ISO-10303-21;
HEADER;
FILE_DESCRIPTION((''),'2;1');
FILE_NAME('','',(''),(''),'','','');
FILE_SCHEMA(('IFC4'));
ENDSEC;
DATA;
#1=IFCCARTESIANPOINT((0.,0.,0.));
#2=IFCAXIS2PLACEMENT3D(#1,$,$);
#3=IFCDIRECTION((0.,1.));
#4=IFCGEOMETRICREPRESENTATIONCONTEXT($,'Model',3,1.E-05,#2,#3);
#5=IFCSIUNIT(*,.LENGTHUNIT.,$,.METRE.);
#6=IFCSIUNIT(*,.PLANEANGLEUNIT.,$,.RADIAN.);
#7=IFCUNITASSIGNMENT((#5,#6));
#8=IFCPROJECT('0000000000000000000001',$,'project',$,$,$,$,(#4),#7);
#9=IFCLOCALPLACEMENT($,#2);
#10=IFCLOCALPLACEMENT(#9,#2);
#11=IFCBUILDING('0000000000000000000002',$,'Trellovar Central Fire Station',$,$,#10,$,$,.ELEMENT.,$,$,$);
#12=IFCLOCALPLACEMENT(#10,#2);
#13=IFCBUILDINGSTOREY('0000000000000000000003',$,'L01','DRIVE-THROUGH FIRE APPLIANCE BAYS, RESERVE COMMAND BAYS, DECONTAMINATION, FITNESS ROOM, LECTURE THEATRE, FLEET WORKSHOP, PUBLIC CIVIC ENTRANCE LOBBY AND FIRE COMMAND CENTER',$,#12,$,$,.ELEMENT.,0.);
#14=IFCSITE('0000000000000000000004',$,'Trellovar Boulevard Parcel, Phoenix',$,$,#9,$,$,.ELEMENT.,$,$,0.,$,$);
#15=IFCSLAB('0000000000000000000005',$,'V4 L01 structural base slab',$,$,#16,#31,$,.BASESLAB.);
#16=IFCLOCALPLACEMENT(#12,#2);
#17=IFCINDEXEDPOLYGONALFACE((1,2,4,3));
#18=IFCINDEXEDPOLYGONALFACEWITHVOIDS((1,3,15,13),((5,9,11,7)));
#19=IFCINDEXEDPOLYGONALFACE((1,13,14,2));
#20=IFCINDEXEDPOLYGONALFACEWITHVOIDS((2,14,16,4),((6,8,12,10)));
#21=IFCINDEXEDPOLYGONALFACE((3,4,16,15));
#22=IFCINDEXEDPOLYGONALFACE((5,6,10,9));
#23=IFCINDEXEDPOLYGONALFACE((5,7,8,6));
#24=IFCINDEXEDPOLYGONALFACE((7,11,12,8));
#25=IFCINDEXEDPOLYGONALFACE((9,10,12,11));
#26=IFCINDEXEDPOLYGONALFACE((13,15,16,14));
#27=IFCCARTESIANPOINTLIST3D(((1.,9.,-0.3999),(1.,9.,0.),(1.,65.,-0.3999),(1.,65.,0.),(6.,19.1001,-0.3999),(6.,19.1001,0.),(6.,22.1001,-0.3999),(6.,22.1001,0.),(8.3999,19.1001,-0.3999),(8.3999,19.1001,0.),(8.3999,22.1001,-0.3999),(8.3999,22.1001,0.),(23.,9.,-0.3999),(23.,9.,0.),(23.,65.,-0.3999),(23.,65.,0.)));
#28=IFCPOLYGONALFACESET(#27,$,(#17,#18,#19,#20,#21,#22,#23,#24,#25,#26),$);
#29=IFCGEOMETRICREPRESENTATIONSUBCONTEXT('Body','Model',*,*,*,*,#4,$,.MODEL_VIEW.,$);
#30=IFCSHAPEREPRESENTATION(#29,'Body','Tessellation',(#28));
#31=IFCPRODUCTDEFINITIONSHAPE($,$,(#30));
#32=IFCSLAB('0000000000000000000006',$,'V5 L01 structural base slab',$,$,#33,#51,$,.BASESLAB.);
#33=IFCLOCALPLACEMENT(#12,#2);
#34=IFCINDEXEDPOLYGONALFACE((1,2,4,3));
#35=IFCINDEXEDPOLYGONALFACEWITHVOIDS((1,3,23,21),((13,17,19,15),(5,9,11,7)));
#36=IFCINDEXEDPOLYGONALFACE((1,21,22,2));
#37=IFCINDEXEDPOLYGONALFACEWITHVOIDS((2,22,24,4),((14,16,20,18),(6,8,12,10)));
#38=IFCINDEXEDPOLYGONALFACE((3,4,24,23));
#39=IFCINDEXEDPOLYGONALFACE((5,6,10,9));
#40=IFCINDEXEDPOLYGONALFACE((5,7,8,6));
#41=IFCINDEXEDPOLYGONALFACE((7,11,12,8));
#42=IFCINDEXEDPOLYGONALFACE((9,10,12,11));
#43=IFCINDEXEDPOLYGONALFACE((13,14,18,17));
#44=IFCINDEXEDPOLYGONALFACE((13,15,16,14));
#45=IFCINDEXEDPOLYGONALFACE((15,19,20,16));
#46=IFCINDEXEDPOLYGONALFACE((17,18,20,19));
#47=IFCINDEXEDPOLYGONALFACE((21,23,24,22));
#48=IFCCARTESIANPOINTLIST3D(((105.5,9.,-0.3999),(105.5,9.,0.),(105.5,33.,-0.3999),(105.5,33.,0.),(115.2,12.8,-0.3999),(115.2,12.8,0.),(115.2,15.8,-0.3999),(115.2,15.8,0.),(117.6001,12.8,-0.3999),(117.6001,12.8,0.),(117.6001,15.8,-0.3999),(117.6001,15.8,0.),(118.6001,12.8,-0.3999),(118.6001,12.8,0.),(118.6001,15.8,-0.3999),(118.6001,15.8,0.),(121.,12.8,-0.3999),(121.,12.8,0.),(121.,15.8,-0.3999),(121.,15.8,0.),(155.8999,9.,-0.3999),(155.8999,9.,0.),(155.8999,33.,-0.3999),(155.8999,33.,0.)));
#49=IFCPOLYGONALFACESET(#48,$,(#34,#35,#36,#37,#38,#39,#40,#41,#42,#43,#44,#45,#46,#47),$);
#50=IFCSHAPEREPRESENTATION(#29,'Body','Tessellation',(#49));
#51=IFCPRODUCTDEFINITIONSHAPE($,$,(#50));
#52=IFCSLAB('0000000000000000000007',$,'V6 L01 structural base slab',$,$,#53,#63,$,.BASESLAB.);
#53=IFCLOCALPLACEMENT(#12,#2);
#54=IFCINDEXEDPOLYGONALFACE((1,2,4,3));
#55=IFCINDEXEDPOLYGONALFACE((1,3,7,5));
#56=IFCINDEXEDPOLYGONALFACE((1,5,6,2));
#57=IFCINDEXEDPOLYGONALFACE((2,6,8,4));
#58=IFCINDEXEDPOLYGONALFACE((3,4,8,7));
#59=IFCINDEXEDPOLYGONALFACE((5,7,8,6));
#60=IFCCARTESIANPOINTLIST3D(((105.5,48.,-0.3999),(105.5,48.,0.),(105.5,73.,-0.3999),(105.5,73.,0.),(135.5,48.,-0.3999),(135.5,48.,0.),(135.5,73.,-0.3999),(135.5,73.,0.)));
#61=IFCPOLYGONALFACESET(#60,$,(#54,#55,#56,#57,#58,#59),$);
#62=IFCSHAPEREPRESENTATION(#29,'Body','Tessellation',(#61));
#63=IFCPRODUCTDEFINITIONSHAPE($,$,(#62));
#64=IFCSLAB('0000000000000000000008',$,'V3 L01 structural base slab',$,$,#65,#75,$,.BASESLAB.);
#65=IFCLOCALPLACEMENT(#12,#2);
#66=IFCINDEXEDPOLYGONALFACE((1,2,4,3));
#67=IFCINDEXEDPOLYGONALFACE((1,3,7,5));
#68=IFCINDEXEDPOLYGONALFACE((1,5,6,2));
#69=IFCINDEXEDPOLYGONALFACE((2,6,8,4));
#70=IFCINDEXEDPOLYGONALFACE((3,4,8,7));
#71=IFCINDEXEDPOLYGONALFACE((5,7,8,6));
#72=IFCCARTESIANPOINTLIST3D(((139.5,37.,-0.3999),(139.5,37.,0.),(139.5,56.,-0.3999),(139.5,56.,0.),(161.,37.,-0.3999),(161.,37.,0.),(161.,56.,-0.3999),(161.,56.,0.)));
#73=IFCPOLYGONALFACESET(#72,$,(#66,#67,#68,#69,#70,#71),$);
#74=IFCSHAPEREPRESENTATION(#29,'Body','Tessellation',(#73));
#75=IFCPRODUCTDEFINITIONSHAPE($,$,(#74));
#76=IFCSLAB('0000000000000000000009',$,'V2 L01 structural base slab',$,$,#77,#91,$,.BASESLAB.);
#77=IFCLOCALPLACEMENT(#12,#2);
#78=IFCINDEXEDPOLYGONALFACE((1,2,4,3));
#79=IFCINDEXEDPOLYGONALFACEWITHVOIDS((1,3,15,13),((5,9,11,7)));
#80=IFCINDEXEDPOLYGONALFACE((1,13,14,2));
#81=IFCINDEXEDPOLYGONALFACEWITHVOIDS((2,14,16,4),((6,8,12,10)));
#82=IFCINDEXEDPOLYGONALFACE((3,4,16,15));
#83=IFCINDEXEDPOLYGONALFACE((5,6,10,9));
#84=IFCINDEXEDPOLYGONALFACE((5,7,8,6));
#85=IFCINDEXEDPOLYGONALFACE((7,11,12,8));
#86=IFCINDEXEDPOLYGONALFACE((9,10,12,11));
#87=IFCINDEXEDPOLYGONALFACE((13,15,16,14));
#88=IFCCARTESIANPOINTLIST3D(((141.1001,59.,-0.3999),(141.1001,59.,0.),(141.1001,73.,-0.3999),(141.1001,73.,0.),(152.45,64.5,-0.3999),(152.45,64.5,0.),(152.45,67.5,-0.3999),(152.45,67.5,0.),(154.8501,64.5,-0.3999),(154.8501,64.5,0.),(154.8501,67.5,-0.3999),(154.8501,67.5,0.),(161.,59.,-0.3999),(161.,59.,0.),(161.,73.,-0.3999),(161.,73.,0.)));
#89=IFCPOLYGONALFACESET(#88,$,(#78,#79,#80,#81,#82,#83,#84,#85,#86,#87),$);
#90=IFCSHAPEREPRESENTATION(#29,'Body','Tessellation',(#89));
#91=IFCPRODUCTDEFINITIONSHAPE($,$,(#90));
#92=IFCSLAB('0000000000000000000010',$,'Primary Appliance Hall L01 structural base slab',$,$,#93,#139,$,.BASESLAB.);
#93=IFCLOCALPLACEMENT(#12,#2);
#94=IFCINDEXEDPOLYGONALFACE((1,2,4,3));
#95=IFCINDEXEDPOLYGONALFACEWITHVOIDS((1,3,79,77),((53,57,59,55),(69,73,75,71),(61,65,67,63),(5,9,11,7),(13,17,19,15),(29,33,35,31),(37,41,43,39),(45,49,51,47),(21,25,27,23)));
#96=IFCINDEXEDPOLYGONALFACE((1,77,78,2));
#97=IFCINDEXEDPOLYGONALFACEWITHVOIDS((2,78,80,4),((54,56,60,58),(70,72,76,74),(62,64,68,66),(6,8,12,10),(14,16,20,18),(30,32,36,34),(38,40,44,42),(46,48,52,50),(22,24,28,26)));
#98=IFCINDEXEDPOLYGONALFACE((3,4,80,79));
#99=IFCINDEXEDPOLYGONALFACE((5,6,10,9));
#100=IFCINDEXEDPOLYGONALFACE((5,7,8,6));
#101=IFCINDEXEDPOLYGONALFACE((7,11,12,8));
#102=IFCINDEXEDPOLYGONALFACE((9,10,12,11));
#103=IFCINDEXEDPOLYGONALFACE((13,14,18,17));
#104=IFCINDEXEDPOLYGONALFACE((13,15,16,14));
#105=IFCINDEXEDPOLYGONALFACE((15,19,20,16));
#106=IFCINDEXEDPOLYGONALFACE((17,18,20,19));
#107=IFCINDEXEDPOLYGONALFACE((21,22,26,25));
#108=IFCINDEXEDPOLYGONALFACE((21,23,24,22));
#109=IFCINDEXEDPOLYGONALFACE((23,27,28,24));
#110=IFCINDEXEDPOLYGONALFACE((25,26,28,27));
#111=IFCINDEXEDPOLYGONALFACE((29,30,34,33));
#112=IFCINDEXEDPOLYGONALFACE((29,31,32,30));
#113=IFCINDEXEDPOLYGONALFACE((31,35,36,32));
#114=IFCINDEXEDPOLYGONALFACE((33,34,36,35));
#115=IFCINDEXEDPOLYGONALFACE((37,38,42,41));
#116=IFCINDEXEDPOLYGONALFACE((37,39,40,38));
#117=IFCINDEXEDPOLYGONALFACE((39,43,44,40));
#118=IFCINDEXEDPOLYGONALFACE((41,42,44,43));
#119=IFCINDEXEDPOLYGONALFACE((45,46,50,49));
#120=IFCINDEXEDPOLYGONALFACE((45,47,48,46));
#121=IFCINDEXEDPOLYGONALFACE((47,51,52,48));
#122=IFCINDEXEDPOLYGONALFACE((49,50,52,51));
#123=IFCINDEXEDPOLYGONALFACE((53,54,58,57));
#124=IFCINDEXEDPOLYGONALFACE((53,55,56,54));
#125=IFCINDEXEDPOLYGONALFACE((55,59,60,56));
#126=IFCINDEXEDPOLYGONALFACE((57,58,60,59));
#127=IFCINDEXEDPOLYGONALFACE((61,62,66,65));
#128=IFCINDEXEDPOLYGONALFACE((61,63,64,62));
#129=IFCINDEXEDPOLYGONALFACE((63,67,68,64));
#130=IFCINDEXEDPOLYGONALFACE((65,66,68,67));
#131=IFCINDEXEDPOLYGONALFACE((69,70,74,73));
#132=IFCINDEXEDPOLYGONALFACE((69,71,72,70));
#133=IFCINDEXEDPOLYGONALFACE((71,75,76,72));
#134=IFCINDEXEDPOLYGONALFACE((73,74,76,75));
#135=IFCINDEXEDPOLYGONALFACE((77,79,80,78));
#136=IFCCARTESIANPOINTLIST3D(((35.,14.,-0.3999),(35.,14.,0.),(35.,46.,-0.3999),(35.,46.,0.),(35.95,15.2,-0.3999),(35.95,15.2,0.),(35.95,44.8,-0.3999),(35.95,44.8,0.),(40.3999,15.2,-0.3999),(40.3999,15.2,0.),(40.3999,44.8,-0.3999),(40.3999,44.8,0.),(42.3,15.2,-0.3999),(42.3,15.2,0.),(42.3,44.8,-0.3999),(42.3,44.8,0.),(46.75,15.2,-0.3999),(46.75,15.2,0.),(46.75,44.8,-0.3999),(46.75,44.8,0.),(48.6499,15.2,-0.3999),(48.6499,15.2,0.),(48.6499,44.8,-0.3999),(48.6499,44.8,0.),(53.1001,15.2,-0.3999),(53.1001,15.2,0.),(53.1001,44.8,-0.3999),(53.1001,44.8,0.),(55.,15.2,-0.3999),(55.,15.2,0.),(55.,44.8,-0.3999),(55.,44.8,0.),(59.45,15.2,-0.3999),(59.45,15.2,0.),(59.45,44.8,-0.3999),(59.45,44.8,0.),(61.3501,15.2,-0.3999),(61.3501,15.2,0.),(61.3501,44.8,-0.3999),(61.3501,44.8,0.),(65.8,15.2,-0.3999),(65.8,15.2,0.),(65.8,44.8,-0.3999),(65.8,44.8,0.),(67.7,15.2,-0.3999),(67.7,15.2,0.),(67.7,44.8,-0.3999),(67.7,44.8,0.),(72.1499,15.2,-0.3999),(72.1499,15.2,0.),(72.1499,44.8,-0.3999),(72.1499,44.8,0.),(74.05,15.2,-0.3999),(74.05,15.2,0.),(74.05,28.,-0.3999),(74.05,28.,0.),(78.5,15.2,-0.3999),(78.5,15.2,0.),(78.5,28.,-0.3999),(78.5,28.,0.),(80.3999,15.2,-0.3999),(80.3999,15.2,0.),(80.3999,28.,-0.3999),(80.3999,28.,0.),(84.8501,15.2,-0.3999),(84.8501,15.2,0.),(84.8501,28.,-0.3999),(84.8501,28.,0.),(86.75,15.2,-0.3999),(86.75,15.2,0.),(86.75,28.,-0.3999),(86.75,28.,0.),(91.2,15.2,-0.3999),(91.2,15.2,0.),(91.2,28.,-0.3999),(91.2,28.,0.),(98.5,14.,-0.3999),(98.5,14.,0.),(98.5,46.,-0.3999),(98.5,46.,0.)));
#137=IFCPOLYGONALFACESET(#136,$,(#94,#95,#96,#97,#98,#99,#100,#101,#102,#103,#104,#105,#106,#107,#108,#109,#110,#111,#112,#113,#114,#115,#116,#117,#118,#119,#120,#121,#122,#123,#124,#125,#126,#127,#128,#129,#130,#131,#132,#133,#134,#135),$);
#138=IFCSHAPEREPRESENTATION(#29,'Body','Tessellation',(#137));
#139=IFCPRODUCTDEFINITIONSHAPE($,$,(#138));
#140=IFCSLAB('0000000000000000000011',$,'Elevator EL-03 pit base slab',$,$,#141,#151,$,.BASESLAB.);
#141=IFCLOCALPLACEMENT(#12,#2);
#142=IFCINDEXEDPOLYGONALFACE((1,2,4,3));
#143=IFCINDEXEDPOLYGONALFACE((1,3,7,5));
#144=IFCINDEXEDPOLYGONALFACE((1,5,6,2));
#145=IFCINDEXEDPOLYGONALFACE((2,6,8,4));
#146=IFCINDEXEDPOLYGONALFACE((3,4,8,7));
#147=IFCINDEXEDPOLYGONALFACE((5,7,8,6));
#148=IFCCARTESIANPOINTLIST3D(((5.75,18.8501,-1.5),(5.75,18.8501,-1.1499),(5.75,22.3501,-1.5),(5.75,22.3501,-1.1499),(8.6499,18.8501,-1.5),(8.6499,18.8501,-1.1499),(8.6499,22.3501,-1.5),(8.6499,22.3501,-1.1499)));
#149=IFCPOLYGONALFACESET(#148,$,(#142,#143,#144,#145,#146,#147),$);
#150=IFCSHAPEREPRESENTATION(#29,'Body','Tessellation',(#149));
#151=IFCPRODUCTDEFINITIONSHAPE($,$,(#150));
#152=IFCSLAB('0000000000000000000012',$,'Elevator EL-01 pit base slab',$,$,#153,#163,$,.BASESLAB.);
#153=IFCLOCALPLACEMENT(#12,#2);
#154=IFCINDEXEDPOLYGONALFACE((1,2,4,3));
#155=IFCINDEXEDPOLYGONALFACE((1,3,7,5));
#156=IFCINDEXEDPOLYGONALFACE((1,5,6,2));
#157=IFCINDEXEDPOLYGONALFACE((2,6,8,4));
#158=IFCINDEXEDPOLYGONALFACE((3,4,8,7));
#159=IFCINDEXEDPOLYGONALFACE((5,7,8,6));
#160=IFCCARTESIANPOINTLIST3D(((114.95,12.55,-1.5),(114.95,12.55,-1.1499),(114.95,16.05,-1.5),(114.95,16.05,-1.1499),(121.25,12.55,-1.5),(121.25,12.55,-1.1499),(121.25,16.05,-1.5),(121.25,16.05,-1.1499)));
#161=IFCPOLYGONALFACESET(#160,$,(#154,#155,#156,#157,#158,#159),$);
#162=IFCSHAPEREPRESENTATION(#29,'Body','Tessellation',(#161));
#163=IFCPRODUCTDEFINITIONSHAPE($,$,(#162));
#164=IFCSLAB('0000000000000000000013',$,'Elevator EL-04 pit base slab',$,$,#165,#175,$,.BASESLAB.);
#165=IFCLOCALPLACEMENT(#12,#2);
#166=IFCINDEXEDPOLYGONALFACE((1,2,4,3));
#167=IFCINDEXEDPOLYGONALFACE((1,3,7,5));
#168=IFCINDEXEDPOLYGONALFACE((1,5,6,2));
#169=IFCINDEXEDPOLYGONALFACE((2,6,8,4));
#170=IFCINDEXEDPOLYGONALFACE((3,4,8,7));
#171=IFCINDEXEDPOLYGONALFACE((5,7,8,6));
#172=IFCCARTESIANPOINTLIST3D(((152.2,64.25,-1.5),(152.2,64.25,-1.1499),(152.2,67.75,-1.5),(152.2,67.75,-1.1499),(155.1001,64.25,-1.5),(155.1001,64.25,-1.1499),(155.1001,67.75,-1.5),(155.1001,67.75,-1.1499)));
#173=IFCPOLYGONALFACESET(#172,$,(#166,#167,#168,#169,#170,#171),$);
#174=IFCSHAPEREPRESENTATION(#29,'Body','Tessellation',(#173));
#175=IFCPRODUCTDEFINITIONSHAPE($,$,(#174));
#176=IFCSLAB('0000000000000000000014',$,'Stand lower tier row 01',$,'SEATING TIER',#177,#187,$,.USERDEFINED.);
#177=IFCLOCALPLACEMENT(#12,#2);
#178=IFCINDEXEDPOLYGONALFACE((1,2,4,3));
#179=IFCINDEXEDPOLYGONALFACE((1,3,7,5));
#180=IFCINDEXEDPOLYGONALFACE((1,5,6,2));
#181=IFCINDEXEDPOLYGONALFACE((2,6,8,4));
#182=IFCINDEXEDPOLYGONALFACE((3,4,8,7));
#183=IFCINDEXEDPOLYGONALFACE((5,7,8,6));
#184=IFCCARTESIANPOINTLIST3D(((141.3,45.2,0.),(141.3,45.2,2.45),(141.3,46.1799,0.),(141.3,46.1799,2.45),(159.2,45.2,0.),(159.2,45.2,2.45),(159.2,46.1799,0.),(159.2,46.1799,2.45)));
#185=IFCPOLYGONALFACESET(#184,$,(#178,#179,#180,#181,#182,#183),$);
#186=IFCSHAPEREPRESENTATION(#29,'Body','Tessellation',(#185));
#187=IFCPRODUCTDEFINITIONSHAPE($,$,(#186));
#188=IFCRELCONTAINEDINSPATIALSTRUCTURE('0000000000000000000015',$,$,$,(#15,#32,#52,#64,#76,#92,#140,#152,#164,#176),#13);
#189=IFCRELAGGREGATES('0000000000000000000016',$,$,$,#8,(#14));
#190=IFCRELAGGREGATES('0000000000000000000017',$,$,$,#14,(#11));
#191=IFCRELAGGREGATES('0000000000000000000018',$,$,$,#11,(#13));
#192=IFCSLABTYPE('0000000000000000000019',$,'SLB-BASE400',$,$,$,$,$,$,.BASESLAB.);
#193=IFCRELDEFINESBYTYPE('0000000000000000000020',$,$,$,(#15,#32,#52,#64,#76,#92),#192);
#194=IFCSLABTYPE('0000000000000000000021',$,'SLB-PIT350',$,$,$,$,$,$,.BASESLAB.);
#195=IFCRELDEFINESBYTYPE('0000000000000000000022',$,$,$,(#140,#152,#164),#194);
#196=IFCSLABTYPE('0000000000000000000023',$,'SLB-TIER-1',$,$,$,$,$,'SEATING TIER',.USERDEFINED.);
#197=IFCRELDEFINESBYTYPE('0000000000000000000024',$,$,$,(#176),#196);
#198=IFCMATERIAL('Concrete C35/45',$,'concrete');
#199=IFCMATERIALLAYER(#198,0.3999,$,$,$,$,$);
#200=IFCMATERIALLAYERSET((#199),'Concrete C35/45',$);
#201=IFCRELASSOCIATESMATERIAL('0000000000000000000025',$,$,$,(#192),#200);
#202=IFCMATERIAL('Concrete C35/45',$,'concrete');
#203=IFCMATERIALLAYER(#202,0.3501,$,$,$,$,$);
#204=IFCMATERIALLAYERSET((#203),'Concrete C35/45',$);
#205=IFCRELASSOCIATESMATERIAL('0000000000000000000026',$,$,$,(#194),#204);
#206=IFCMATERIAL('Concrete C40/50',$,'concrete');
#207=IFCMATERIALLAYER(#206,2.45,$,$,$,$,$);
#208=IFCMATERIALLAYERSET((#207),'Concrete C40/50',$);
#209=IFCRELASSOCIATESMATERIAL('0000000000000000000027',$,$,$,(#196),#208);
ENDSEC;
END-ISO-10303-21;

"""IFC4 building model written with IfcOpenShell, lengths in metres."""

from ifc_helpers import new_model, si_unit, direction, frame, origin, place, context, subcontext, project, spatial, polyline, outline, extrude, material, layer, layer_set, type_object, element, save


model = new_model("IFC4")

# Units and contexts
model_context = context("Model", 3, precision=1e-05, world=origin(), true_north=direction((0.0, 1.0)))
body_context = subcontext(model_context, "Body", "Model", "MODEL_VIEW")
ifc_project = project(units=[si_unit("LENGTHUNIT", "METRE"), si_unit("PLANEANGLEUNIT", "RADIAN")], contexts=[model_context])

# Site, building, storey
site_placement = place(None, origin())
site = spatial("IfcSite", under=ifc_project, at=site_placement, Name="Trellovar Boulevard Parcel, Phoenix", CompositionType="ELEMENT", RefElevation=0.0)
building_placement = place(site_placement, origin())
building = spatial("IfcBuilding", under=site, at=building_placement, Name="Trellovar Central Fire Station", CompositionType="ELEMENT")
storey_placement = place(building_placement, origin())
storey = spatial("IfcBuildingStorey", under=building, at=storey_placement, Name="L01", Description="DRIVE-THROUGH FIRE APPLIANCE BAYS, RESERVE COMMAND BAYS, DECONTAMINATION, FITNESS ROOM, LECTURE THEATRE, FLEET WORKSHOP, PUBLIC CIVIC ENTRANCE LOBBY AND FIRE COMMAND CENTER", CompositionType="ELEMENT", Elevation=0.0)

# Slabs
ifc_material_1 = material(Name="Concrete C35/45", Category="concrete")
ifc_layer_1 = layer(ifc_material_1, 0.3999)
ifc_layer_set_1 = layer_set([ifc_layer_1], Name="Concrete C35/45")
slab_type_1 = type_object("IfcSlabType", Name="SLB-BASE400", PredefinedType="BASESLAB", material=ifc_layer_set_1)
slab_1_placement = place(storey_placement, frame((0.0, 0.0, -0.3999)))
element("IfcSlab", 1, at=slab_1_placement, inside=storey, type_object=slab_type_1, Name="V4 L01 structural base slab", PredefinedType="BASESLAB", context=body_context, shape_type="SweptSolid", body=[
    extrude(outline(polyline([(1.0, 9.0), (23.0, 9.0), (23.0, 65.0), (1.0, 65.0), (1.0, 9.0)]), holes=[polyline([(6.0, 19.1001), (8.3999, 19.1001), (8.3999, 22.1001), (6.0, 22.1001), (6.0, 19.1001)])]), origin(), (0.0, 0.0, 1.0), 0.3999),
])
slab_2_placement = place(storey_placement, frame((0.0, 0.0, -0.3999)))
element("IfcSlab", 2, at=slab_2_placement, inside=storey, type_object=slab_type_1, Name="V5 L01 structural base slab", PredefinedType="BASESLAB", context=body_context, shape_type="SweptSolid", body=[
    extrude(outline(polyline([(105.5, 9.0), (155.8999, 9.0), (155.8999, 33.0), (105.5, 33.0), (105.5, 9.0)]), holes=[polyline([(115.2, 12.8), (117.6001, 12.8), (117.6001, 15.8), (115.2, 15.8), (115.2, 12.8)]), polyline([(118.6001, 12.8), (121.0, 12.8), (121.0, 15.8), (118.6001, 15.8), (118.6001, 12.8)])]), origin(), (0.0, 0.0, 1.0), 0.3999),
])
slab_3_placement = place(storey_placement, frame((0.0, 0.0, -0.3999)))
element("IfcSlab", 3, at=slab_3_placement, inside=storey, type_object=slab_type_1, Name="V6 L01 structural base slab", PredefinedType="BASESLAB", context=body_context, shape_type="SweptSolid", body=[
    extrude(outline(polyline([(105.5, 48.0), (135.5, 48.0), (135.5, 73.0), (105.5, 73.0), (105.5, 48.0)])), origin(), (0.0, 0.0, 1.0), 0.3999),
])
slab_4_placement = place(storey_placement, frame((0.0, 0.0, -0.3999)))
element("IfcSlab", 4, at=slab_4_placement, inside=storey, type_object=slab_type_1, Name="V3 L01 structural base slab", PredefinedType="BASESLAB", context=body_context, shape_type="SweptSolid", body=[
    extrude(outline(polyline([(139.5, 37.0), (161.0, 37.0), (161.0, 56.0), (139.5, 56.0), (139.5, 37.0)])), origin(), (0.0, 0.0, 1.0), 0.3999),
])
slab_5_placement = place(storey_placement, frame((0.0, 0.0, -0.3999)))
element("IfcSlab", 5, at=slab_5_placement, inside=storey, type_object=slab_type_1, Name="V2 L01 structural base slab", PredefinedType="BASESLAB", context=body_context, shape_type="SweptSolid", body=[
    extrude(outline(polyline([(141.1001, 59.0), (161.0, 59.0), (161.0, 73.0), (141.1001, 73.0), (141.1001, 59.0)]), holes=[polyline([(152.45, 64.5), (154.8501, 64.5), (154.8501, 67.5), (152.45, 67.5), (152.45, 64.5)])]), origin(), (0.0, 0.0, 1.0), 0.3999),
])
slab_6_placement = place(storey_placement, frame((0.0, 0.0, -0.3999)))
element("IfcSlab", 6, at=slab_6_placement, inside=storey, type_object=slab_type_1, Name="Primary Appliance Hall L01 structural base slab", PredefinedType="BASESLAB", context=body_context, shape_type="SweptSolid", body=[
    extrude(outline(polyline([(35.0, 14.0), (98.5, 14.0), (98.5, 46.0), (35.0, 46.0), (35.0, 14.0)]), holes=[polyline([(35.95, 15.2), (40.3999, 15.2), (40.3999, 44.8), (35.95, 44.8), (35.95, 15.2)]), polyline([(42.3, 15.2), (46.75, 15.2), (46.75, 44.8), (42.3, 44.8), (42.3, 15.2)]), polyline([(48.6499, 15.2), (53.1001, 15.2), (53.1001, 44.8), (48.6499, 44.8), (48.6499, 15.2)]), polyline([(55.0, 15.2), (59.45, 15.2), (59.45, 44.8), (55.0, 44.8), (55.0, 15.2)]), polyline([(61.3501, 15.2), (65.8, 15.2), (65.8, 44.8), (61.3501, 44.8), (61.3501, 15.2)]), polyline([(67.7, 15.2), (72.1499, 15.2), (72.1499, 44.8), (67.7, 44.8), (67.7, 15.2)]), polyline([(74.05, 15.2), (78.5, 15.2), (78.5, 28.0), (74.05, 28.0), (74.05, 15.2)]), polyline([(80.3999, 15.2), (84.8501, 15.2), (84.8501, 28.0), (80.3999, 28.0), (80.3999, 15.2)]), polyline([(86.75, 15.2), (91.2, 15.2), (91.2, 28.0), (86.75, 28.0), (86.75, 15.2)])]), origin(), (0.0, 0.0, 1.0), 0.3999),
])
ifc_material_2 = material(Name="Concrete C35/45", Category="concrete")
ifc_layer_2 = layer(ifc_material_2, 0.3501)
ifc_layer_set_2 = layer_set([ifc_layer_2], Name="Concrete C35/45")
slab_type_2 = type_object("IfcSlabType", Name="SLB-PIT350", PredefinedType="BASESLAB", material=ifc_layer_set_2)
slab_7_placement = place(storey_placement, frame((0.0, 0.0, -1.5)))
element("IfcSlab", 7, at=slab_7_placement, inside=storey, type_object=slab_type_2, Name="Elevator EL-03 pit base slab", PredefinedType="BASESLAB", context=body_context, shape_type="SweptSolid", body=[
    extrude(outline(polyline([(5.75, 18.8501), (8.6499, 18.8501), (8.6499, 22.3501), (5.75, 22.3501), (5.75, 18.8501)])), origin(), (0.0, 0.0, 1.0), 0.3501),
])
slab_8_placement = place(storey_placement, frame((0.0, 0.0, -1.5)))
element("IfcSlab", 8, at=slab_8_placement, inside=storey, type_object=slab_type_2, Name="Elevator EL-01 pit base slab", PredefinedType="BASESLAB", context=body_context, shape_type="SweptSolid", body=[
    extrude(outline(polyline([(114.95, 12.55), (121.25, 12.55), (121.25, 16.05), (114.95, 16.05), (114.95, 12.55)])), origin(), (0.0, 0.0, 1.0), 0.3501),
])
slab_9_placement = place(storey_placement, frame((0.0, 0.0, -1.5)))
element("IfcSlab", 9, at=slab_9_placement, inside=storey, type_object=slab_type_2, Name="Elevator EL-04 pit base slab", PredefinedType="BASESLAB", context=body_context, shape_type="SweptSolid", body=[
    extrude(outline(polyline([(152.2, 64.25), (155.1001, 64.25), (155.1001, 67.75), (152.2, 67.75), (152.2, 64.25)])), origin(), (0.0, 0.0, 1.0), 0.3501),
])
ifc_material_3 = material(Name="Concrete C40/50", Category="concrete")
ifc_layer_3 = layer(ifc_material_3, 2.45)
ifc_layer_set_3 = layer_set([ifc_layer_3], Name="Concrete C40/50")
slab_type_3 = type_object("IfcSlabType", Name="SLB-TIER-1", ElementType="SEATING TIER", PredefinedType="USERDEFINED", material=ifc_layer_set_3)
slab_10_placement = place(storey_placement, origin())
element("IfcSlab", 10, at=slab_10_placement, inside=storey, type_object=slab_type_3, Name="Stand lower tier row 01", ObjectType="SEATING TIER", PredefinedType="USERDEFINED", context=body_context, shape_type="SweptSolid", body=[
    extrude(outline(polyline([(141.3, 45.2), (159.2, 45.2), (159.2, 46.1799), (141.3, 46.1799), (141.3, 45.2)])), origin(), (0.0, 0.0, 1.0), 2.45),
])

save(model, "model.ifc")
